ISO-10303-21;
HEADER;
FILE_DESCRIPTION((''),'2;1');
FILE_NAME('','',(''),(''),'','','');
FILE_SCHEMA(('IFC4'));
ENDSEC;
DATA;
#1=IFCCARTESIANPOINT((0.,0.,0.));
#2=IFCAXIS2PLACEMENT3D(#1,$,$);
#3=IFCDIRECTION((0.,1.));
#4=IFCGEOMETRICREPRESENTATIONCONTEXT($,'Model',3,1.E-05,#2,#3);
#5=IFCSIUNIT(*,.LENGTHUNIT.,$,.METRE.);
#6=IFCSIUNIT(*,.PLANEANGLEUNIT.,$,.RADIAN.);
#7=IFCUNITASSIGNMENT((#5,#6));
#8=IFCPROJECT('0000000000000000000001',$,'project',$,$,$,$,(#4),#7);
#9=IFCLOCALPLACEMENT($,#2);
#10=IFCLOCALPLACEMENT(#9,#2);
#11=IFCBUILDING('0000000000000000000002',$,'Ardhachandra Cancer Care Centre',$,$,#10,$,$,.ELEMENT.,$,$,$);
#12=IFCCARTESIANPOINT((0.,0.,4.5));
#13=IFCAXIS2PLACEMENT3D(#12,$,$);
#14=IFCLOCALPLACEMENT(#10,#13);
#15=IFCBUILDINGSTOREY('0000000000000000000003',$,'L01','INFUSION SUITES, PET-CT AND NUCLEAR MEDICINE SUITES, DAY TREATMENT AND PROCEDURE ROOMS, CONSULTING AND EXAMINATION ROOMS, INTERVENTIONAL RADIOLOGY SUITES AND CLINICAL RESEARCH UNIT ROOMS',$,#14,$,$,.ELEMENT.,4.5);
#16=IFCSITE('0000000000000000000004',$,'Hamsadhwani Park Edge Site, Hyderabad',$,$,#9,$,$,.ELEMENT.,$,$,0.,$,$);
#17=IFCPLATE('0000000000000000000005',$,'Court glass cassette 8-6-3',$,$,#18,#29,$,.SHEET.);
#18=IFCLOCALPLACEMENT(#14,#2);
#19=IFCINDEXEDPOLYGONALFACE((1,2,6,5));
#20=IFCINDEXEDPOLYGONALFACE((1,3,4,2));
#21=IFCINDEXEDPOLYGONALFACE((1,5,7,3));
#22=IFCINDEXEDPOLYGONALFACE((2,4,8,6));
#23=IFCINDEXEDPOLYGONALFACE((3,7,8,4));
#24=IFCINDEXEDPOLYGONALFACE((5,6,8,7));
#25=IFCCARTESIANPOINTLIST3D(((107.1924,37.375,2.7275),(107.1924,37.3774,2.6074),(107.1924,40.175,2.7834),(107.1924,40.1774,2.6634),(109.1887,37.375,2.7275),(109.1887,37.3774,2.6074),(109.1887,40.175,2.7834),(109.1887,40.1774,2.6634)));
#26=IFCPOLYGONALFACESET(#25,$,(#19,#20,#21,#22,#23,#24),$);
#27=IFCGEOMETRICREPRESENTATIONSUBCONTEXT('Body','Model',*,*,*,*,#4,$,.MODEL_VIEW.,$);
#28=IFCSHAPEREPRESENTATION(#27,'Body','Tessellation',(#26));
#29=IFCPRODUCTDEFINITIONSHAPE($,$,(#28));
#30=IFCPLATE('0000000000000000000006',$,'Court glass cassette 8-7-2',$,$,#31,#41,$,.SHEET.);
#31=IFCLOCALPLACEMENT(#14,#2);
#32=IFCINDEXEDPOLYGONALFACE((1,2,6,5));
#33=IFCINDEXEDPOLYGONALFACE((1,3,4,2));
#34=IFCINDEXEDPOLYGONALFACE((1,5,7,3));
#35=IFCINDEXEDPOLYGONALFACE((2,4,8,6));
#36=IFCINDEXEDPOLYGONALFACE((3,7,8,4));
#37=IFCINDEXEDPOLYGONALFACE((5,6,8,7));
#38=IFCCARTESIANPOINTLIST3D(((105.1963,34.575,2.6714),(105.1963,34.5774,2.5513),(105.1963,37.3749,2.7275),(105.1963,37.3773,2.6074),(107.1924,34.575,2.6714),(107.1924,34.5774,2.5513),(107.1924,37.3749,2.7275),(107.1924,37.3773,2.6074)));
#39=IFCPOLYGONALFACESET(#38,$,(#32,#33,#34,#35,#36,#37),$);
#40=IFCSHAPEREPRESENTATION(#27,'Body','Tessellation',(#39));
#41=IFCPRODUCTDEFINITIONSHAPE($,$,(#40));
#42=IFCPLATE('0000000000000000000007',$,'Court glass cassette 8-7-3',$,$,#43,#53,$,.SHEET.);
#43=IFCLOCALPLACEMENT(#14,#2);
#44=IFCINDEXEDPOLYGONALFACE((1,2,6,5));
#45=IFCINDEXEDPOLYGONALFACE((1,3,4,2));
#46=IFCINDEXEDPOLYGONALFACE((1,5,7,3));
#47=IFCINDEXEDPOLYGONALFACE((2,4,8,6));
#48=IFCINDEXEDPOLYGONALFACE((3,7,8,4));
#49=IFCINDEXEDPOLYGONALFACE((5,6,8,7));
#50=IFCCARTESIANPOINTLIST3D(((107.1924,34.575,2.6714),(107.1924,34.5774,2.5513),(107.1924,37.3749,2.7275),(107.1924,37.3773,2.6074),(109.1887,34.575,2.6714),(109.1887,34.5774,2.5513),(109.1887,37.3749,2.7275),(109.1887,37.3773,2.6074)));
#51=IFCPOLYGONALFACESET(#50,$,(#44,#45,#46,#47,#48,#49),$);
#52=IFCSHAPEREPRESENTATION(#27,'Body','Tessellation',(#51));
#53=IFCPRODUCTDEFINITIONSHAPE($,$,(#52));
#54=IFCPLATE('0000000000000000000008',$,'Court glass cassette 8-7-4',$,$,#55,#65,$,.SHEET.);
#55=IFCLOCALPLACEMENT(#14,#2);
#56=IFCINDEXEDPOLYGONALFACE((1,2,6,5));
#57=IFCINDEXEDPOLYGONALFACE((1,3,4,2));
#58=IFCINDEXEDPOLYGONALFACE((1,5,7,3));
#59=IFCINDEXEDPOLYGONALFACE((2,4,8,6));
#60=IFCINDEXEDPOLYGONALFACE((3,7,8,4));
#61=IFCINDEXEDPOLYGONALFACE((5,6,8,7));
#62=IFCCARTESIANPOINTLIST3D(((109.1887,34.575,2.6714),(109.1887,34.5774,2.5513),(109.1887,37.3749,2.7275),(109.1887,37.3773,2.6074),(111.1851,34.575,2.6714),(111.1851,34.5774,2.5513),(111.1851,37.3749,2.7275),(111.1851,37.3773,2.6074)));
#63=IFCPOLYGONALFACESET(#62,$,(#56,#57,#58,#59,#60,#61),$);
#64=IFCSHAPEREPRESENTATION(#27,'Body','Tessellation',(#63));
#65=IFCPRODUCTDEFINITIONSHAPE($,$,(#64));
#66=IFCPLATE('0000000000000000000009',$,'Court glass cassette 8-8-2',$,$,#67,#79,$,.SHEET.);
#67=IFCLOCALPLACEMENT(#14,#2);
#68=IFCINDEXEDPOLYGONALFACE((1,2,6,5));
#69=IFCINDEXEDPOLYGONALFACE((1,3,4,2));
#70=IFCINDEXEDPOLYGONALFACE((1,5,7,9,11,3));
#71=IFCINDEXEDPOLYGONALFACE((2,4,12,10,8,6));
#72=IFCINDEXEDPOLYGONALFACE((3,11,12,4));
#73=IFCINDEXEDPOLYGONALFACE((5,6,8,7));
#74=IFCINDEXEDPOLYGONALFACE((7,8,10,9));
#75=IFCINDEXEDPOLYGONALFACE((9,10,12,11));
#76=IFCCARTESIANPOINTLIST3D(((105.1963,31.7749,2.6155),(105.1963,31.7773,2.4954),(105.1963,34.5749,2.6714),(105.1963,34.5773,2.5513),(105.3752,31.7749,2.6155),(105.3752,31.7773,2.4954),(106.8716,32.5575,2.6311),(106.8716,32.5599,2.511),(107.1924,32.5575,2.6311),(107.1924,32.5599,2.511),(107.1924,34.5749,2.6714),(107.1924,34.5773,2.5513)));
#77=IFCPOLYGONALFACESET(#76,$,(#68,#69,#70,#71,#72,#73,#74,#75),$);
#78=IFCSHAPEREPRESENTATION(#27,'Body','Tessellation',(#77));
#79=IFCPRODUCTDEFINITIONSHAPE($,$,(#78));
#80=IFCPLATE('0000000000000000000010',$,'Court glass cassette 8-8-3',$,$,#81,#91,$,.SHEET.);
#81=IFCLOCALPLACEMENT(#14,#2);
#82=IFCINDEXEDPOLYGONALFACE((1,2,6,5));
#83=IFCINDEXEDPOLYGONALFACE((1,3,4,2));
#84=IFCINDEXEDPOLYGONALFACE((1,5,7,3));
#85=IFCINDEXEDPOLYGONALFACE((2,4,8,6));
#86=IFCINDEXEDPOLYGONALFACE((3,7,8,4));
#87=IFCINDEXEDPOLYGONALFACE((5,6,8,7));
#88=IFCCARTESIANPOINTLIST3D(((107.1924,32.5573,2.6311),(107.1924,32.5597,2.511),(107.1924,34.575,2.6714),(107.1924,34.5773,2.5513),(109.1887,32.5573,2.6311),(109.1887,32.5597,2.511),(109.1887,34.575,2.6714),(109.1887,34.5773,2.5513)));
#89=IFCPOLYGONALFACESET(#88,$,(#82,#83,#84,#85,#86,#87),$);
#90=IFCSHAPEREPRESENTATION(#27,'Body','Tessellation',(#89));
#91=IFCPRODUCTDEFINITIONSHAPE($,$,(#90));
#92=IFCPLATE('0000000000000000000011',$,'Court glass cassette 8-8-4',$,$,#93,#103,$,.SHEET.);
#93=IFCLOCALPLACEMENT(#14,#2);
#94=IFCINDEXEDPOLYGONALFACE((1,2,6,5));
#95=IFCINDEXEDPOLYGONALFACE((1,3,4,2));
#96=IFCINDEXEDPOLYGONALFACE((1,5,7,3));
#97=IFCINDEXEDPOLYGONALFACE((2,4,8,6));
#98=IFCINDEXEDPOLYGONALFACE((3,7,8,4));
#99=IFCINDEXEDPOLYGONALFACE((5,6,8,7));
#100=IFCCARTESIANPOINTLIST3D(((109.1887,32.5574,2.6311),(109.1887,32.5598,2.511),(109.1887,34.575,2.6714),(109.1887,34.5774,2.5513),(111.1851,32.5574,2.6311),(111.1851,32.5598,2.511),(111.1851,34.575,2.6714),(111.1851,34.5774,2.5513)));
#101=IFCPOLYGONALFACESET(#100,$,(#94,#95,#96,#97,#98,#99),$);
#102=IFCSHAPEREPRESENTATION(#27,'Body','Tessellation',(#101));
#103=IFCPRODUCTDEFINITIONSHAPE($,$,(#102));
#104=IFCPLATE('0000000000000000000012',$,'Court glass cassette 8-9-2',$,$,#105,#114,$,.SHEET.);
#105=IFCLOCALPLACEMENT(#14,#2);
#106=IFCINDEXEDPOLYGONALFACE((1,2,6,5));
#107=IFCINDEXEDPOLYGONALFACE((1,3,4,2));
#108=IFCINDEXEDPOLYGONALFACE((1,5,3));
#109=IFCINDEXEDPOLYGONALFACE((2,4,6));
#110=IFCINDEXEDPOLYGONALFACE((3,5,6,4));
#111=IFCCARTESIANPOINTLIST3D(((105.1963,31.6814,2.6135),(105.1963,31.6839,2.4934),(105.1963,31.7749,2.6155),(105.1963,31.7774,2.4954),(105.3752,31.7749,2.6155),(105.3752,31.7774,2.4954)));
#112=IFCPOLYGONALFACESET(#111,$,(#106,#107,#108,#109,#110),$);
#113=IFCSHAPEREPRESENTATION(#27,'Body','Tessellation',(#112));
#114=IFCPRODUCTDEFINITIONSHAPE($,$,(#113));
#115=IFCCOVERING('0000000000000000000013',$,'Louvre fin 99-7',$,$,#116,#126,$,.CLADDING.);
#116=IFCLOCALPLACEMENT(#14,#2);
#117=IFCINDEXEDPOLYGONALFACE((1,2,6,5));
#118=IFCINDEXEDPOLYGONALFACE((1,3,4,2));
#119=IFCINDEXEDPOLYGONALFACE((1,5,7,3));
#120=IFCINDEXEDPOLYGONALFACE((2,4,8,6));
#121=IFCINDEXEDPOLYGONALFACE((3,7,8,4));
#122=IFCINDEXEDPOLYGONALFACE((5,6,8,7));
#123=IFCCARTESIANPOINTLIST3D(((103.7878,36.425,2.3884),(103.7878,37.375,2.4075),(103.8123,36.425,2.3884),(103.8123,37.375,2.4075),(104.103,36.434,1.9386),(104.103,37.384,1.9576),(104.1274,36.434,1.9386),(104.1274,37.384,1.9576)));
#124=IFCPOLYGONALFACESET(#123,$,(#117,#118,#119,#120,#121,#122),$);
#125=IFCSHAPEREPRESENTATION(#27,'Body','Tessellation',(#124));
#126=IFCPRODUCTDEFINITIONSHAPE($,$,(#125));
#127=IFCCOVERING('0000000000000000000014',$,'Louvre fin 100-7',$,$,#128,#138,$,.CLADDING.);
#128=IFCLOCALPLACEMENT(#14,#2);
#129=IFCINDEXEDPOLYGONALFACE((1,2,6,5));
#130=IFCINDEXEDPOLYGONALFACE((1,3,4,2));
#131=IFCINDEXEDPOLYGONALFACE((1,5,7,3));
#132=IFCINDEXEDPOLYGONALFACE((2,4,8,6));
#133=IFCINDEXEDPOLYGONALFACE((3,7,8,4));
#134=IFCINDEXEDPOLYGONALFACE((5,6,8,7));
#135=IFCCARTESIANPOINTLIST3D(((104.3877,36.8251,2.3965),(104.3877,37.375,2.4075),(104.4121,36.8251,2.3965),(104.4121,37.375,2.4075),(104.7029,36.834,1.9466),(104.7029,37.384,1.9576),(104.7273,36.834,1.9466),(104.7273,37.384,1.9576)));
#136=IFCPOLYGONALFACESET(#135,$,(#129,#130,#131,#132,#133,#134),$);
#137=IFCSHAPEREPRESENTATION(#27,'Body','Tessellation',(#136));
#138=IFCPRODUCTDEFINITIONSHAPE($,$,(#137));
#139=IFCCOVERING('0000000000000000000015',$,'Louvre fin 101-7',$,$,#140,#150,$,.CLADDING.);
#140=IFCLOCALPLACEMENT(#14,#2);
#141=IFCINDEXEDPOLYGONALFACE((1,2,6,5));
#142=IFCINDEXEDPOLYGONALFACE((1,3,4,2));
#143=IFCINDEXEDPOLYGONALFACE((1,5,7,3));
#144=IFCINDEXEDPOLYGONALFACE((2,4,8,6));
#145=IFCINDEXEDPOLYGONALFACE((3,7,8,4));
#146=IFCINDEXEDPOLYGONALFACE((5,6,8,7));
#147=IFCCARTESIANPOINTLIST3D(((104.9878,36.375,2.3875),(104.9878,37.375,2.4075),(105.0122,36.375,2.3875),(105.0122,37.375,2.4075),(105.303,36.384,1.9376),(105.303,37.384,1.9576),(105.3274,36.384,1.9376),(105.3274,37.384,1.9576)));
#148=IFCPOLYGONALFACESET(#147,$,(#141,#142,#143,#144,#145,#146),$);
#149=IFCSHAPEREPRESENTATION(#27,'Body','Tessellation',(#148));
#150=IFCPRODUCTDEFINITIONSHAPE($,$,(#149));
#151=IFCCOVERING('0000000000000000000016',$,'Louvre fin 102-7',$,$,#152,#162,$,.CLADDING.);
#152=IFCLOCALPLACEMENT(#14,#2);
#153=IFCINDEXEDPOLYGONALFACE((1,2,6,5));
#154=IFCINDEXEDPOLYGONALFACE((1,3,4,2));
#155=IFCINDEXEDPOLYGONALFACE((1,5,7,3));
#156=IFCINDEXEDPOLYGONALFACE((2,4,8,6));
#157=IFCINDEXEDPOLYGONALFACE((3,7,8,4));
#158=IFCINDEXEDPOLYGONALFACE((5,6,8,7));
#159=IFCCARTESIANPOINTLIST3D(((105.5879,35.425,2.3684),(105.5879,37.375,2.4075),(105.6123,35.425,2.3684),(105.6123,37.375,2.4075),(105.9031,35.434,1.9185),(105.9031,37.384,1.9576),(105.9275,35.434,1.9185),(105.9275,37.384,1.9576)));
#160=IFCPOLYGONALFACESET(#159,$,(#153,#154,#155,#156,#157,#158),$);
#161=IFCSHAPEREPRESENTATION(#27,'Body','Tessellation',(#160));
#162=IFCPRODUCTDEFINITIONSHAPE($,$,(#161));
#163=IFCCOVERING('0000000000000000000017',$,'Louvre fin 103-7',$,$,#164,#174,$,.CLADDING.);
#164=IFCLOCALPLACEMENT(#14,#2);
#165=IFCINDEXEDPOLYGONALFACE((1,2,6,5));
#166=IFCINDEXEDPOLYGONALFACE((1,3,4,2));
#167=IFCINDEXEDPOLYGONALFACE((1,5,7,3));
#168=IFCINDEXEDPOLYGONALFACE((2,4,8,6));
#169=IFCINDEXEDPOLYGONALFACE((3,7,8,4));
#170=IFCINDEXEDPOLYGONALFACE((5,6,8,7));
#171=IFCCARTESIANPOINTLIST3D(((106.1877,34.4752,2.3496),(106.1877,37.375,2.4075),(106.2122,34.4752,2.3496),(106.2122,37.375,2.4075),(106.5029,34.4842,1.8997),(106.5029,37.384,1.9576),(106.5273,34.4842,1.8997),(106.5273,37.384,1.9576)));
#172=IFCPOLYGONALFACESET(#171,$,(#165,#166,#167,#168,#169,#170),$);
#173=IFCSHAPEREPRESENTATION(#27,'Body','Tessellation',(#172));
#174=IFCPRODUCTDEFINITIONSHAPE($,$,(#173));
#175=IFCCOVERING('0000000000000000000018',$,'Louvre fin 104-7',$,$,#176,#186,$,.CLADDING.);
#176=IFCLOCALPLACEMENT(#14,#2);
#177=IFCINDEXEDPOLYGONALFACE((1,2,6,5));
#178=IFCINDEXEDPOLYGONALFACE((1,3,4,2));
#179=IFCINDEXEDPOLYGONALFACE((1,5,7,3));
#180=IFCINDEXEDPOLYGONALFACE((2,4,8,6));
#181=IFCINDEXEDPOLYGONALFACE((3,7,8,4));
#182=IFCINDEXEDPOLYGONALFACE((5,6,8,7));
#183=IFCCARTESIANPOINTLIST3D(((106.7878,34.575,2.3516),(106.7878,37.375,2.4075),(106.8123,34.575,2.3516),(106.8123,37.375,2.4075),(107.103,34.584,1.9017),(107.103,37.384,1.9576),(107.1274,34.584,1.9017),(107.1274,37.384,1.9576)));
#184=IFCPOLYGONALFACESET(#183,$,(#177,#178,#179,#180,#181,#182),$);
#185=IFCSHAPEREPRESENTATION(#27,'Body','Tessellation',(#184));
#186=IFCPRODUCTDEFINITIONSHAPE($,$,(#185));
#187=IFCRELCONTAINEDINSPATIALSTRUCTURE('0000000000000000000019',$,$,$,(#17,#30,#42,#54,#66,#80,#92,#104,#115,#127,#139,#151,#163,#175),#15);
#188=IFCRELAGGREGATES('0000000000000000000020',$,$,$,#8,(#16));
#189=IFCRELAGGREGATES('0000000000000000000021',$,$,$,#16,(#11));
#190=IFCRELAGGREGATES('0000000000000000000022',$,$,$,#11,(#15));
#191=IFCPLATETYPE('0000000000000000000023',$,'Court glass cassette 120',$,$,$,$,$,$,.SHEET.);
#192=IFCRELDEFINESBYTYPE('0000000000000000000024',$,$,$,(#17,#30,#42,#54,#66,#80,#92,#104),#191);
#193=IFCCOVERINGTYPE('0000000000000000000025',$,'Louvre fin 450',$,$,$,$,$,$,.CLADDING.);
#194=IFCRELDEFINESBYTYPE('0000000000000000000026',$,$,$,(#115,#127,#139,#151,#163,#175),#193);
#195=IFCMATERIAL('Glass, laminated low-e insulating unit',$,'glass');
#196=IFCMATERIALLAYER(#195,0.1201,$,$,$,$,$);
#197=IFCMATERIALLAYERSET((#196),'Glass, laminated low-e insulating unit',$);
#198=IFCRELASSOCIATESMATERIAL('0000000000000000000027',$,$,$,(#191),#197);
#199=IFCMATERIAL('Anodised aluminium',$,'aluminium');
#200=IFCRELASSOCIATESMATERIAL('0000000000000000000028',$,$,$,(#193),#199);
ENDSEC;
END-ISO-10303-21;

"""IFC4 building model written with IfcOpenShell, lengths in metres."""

from ifc_helpers import new_model, si_unit, direction, frame, origin, place, context, subcontext, project, spatial, polyline, outline, extrude, material, layer, layer_set, material_profile, profile_set, type_object, element, save


model = new_model("IFC4")

# Units and contexts
model_context = context("Model", 3, precision=1e-05, world=origin(), true_north=direction((0.0, 1.0)))
body_context = subcontext(model_context, "Body", "Model", "MODEL_VIEW")
ifc_project = project(units=[si_unit("LENGTHUNIT", "METRE"), si_unit("PLANEANGLEUNIT", "RADIAN")], contexts=[model_context])

# Site, building, storey
site_placement = place(None, origin())
site = spatial("IfcSite", under=ifc_project, at=site_placement, Name="Hamsadhwani Park Edge Site, Hyderabad", CompositionType="ELEMENT", RefElevation=0.0)
building_placement = place(site_placement, origin())
building = spatial("IfcBuilding", under=site, at=building_placement, Name="Ardhachandra Cancer Care Centre", CompositionType="ELEMENT")
storey_placement = place(building_placement, frame((0.0, 0.0, 4.5)))
storey = spatial("IfcBuildingStorey", under=building, at=storey_placement, Name="L01", Description="INFUSION SUITES, PET-CT AND NUCLEAR MEDICINE SUITES, DAY TREATMENT AND PROCEDURE ROOMS, CONSULTING AND EXAMINATION ROOMS, INTERVENTIONAL RADIOLOGY SUITES AND CLINICAL RESEARCH UNIT ROOMS", CompositionType="ELEMENT", Elevation=4.5)

# Plates
ifc_material_1 = material(Name="Glass, laminated low-e insulating unit", Category="glass")
ifc_layer = layer(ifc_material_1, 0.1201)
ifc_layer_set = layer_set([ifc_layer], Name="Glass, laminated low-e insulating unit")
plate_type = type_object("IfcPlateType", Name="Court glass cassette 120", PredefinedType="SHEET", material=ifc_layer_set)
plate_1_placement = place(storey_placement, frame((107.1924, 37.375, 2.7275), z_axis=(0.0, -0.019963, 0.999801), x_axis=(0.0, 0.999801, 0.019963)))
element("IfcPlate", 1, at=plate_1_placement, inside=storey, type_object=plate_type, Name="Court glass cassette 8-6-3", PredefinedType="SHEET", context=body_context, shape_type="SweptSolid", body=[
    extrude(outline(polyline([(0.0, -1.9963), (2.8005, -1.9963), (2.8005, 0.0), (0.0, 0.0), (0.0, -1.9963)])), frame((0.0, 0.0, -0.1201)), (0.0, 0.0, 1.0), 0.1201),
])
plate_2_placement = place(storey_placement, frame((105.1963, 34.575, 2.6714), z_axis=(0.0, -0.02005, 0.999799), x_axis=(0.0, 0.999799, 0.02005)))
element("IfcPlate", 2, at=plate_2_placement, inside=storey, type_object=plate_type, Name="Court glass cassette 8-7-2", PredefinedType="SHEET", context=body_context, shape_type="SweptSolid", body=[
    extrude(outline(polyline([(0.0, -1.9961), (2.8005, -1.9961), (2.8005, 0.0), (0.0, 0.0), (0.0, -1.9961)])), frame((0.0, 0.0, -0.1201)), (0.0, 0.0, 1.0), 0.1201),
])
plate_3_placement = place(storey_placement, frame((107.1924, 34.575, 2.6714), z_axis=(0.0, -0.02005, 0.999799), x_axis=(0.0, 0.999799, 0.02005)))
element("IfcPlate", 3, at=plate_3_placement, inside=storey, type_object=plate_type, Name="Court glass cassette 8-7-3", PredefinedType="SHEET", context=body_context, shape_type="SweptSolid", body=[
    extrude(outline(polyline([(0.0, -1.9963), (2.8005, -1.9963), (2.8005, 0.0), (0.0, 0.0), (0.0, -1.9963)])), frame((0.0, 0.0, -0.1201)), (0.0, 0.0, 1.0), 0.1201),
])
plate_4_placement = place(storey_placement, frame((111.1851, 34.575, 2.6714), z_axis=(0.0, -0.02005, 0.999799), x_axis=(-1.0, 0.0, 0.0)))
element("IfcPlate", 4, at=plate_4_placement, inside=storey, type_object=plate_type, Name="Court glass cassette 8-7-4", PredefinedType="SHEET", context=body_context, shape_type="SweptSolid", body=[
    extrude(outline(polyline([(0.0, -2.8005), (1.9963, -2.8005), (1.9963, 0.0), (0.0, 0.0), (0.0, -2.8005)])), frame((0.0, 0.0, -0.1201)), (0.0, 0.0, 1.0), 0.1201),
])
plate_5_placement = place(storey_placement, frame((105.1963, 31.7749, 2.6155), z_axis=(0.0, -0.019963, 0.999801), x_axis=(0.0, 0.999801, 0.019963)))
element("IfcPlate", 5, at=plate_5_placement, inside=storey, type_object=plate_type, Name="Court glass cassette 8-8-2", PredefinedType="SHEET", context=body_context, shape_type="SweptSolid", body=[
    extrude(outline(polyline([(0.0, -0.179), (0.7827, -1.6753), (0.7827, -1.9961), (2.8005, -1.9961), (2.8005, 0.0), (0.0, 0.0), (0.0, -0.179)])), frame((0.0, 0.0, -0.1201)), (0.0, 0.0, 1.0), 0.1201),
])
for number, where, z_axis, x_axis, name in (
    (6, (107.1924, 34.575, 2.6714), (0.0, -0.019962, 0.999801), (1.0, 0.0, 0.0), "Court glass cassette 8-8-3"),
    (7, (111.1851, 32.5574, 2.6311), (0.0, -0.019962, 0.999801), (-1.0, 0.0, 0.0), "Court glass cassette 8-8-4"),
):
    element("IfcPlate", number, at=place(storey_placement, frame(where, z_axis=z_axis, x_axis=x_axis)), inside=storey, type_object=plate_type, Name=name, PredefinedType="SHEET", context=body_context, shape_type="SweptSolid", body=[
        extrude(outline(polyline([(0.0, -2.0181), (1.9963, -2.0181), (1.9963, 0.0), (0.0, 0.0), (0.0, -2.0181)])), frame((0.0, 0.0, -0.1201)), (0.0, 0.0, 1.0), 0.1201),
    ])
plate_6_placement = place(storey_placement, frame((105.1963, 31.7749, 2.6155), z_axis=(0.0, -0.020883, 0.999782), x_axis=(1.0, 0.0, 0.0)))
element("IfcPlate", 8, at=plate_6_placement, inside=storey, type_object=plate_type, Name="Court glass cassette 8-9-2", PredefinedType="SHEET", context=body_context, shape_type="SweptSolid", body=[
    extrude(outline(polyline([(0.0, -0.0935), (0.179, 0.0), (0.0, 0.0), (0.0, -0.0935)])), frame((0.0, 0.0, -0.1201)), (0.0, 0.0, 1.0), 0.1201),
])

# Coverings
ifc_material_2 = material(Name="Anodised aluminium", Category="aluminium")
ifc_material_profile_1 = material_profile(ifc_material_2, outline(polyline([(-0.0122, 0.0), (0.0122, 0.0), (0.3274, -0.45), (0.303, -0.45), (-0.0122, 0.0)])), Name="Louvre fin 450")
ifc_profile_set_1 = profile_set([ifc_material_profile_1], Name="Anodised aluminium")
covering_type = type_object("IfcCoveringType", Name="Louvre fin 450", PredefinedType="CLADDING", material=ifc_profile_set_1)
covering_1_placement = place(storey_placement, frame((103.8, 37.375, 2.4075), z_axis=(0.0, -0.999799, -0.020042), x_axis=(1.0, 0.0, 0.0)))
element("IfcCovering", 9, at=covering_1_placement, inside=storey, type_object=covering_type, Name="Louvre fin 99-7", PredefinedType="CLADDING", context=body_context, shape_type="SweptSolid", body=[
    extrude(outline(polyline([(-0.0122, 0.0), (0.0122, 0.0), (0.3274, -0.45), (0.303, -0.45), (-0.0122, 0.0)])), origin(), (0.0, 0.0, 1.0), 0.9502),
])
covering_2_placement = place(storey_placement, frame((104.3999, 37.375, 2.4075), z_axis=(0.0, -0.999801, -0.019969), x_axis=(1.0, 0.0, 0.0)))
element("IfcCovering", 10, at=covering_2_placement, inside=storey, type_object=covering_type, Name="Louvre fin 100-7", PredefinedType="CLADDING", context=body_context, shape_type="SweptSolid", body=[
    extrude(outline(polyline([(-0.0122, 0.0), (0.0122, 0.0), (0.3274, -0.45), (0.303, -0.45), (-0.0122, 0.0)])), origin(), (0.0, 0.0, 1.0), 0.55),
])
covering_3_placement = place(storey_placement, frame((105.0, 37.375, 2.4075), z_axis=(0.0, -0.9998, -0.020016), x_axis=(1.0, 0.0, 0.0)))
element("IfcCovering", 11, at=covering_3_placement, inside=storey, type_object=covering_type, Name="Louvre fin 101-7", PredefinedType="CLADDING", context=body_context, shape_type="SweptSolid", body=[
    extrude(outline(polyline([(-0.0122, 0.0), (0.0122, 0.0), (0.3274, -0.45), (0.303, -0.45), (-0.0122, 0.0)])), origin(), (0.0, 0.0, 1.0), 1.0002),
])
covering_4_placement = place(storey_placement, frame((105.6001, 37.375, 2.4075), z_axis=(0.0, -0.999799, -0.020029), x_axis=(1.0, 0.0, 0.0)))
element("IfcCovering", 12, at=covering_4_placement, inside=storey, type_object=covering_type, Name="Louvre fin 102-7", PredefinedType="CLADDING", context=body_context, shape_type="SweptSolid", body=[
    extrude(outline(polyline([(-0.0122, 0.0), (0.0122, 0.0), (0.3274, -0.45), (0.303, -0.45), (-0.0122, 0.0)])), origin(), (0.0, 0.0, 1.0), 1.9504),
])
covering_5_placement = place(storey_placement, frame((106.2, 37.375, 2.4075), z_axis=(0.0, -0.999801, -0.019949), x_axis=(1.0, 0.0, 0.0)))
element("IfcCovering", 13, at=covering_5_placement, inside=storey, type_object=covering_type, Name="Louvre fin 103-7", PredefinedType="CLADDING", context=body_context, shape_type="SweptSolid", body=[
    extrude(outline(polyline([(-0.0122, 0.0), (0.0122, 0.0), (0.3274, -0.45), (0.303, -0.45), (-0.0122, 0.0)])), origin(), (0.0, 0.0, 1.0), 2.9004),
])
covering_6_placement = place(storey_placement, frame((106.8, 37.375, 2.4075), z_axis=(0.0, -0.999801, -0.019963), x_axis=(1.0, 0.0, 0.0)))
element("IfcCovering", 14, at=covering_6_placement, inside=storey, type_object=covering_type, Name="Louvre fin 104-7", PredefinedType="CLADDING", context=body_context, shape_type="SweptSolid", body=[
    extrude(outline(polyline([(-0.0122, 0.0), (0.0122, 0.0), (0.3274, -0.45), (0.303, -0.45), (-0.0122, 0.0)])), origin(), (0.0, 0.0, 1.0), 2.8005),
])

save(model, "model.ifc")
